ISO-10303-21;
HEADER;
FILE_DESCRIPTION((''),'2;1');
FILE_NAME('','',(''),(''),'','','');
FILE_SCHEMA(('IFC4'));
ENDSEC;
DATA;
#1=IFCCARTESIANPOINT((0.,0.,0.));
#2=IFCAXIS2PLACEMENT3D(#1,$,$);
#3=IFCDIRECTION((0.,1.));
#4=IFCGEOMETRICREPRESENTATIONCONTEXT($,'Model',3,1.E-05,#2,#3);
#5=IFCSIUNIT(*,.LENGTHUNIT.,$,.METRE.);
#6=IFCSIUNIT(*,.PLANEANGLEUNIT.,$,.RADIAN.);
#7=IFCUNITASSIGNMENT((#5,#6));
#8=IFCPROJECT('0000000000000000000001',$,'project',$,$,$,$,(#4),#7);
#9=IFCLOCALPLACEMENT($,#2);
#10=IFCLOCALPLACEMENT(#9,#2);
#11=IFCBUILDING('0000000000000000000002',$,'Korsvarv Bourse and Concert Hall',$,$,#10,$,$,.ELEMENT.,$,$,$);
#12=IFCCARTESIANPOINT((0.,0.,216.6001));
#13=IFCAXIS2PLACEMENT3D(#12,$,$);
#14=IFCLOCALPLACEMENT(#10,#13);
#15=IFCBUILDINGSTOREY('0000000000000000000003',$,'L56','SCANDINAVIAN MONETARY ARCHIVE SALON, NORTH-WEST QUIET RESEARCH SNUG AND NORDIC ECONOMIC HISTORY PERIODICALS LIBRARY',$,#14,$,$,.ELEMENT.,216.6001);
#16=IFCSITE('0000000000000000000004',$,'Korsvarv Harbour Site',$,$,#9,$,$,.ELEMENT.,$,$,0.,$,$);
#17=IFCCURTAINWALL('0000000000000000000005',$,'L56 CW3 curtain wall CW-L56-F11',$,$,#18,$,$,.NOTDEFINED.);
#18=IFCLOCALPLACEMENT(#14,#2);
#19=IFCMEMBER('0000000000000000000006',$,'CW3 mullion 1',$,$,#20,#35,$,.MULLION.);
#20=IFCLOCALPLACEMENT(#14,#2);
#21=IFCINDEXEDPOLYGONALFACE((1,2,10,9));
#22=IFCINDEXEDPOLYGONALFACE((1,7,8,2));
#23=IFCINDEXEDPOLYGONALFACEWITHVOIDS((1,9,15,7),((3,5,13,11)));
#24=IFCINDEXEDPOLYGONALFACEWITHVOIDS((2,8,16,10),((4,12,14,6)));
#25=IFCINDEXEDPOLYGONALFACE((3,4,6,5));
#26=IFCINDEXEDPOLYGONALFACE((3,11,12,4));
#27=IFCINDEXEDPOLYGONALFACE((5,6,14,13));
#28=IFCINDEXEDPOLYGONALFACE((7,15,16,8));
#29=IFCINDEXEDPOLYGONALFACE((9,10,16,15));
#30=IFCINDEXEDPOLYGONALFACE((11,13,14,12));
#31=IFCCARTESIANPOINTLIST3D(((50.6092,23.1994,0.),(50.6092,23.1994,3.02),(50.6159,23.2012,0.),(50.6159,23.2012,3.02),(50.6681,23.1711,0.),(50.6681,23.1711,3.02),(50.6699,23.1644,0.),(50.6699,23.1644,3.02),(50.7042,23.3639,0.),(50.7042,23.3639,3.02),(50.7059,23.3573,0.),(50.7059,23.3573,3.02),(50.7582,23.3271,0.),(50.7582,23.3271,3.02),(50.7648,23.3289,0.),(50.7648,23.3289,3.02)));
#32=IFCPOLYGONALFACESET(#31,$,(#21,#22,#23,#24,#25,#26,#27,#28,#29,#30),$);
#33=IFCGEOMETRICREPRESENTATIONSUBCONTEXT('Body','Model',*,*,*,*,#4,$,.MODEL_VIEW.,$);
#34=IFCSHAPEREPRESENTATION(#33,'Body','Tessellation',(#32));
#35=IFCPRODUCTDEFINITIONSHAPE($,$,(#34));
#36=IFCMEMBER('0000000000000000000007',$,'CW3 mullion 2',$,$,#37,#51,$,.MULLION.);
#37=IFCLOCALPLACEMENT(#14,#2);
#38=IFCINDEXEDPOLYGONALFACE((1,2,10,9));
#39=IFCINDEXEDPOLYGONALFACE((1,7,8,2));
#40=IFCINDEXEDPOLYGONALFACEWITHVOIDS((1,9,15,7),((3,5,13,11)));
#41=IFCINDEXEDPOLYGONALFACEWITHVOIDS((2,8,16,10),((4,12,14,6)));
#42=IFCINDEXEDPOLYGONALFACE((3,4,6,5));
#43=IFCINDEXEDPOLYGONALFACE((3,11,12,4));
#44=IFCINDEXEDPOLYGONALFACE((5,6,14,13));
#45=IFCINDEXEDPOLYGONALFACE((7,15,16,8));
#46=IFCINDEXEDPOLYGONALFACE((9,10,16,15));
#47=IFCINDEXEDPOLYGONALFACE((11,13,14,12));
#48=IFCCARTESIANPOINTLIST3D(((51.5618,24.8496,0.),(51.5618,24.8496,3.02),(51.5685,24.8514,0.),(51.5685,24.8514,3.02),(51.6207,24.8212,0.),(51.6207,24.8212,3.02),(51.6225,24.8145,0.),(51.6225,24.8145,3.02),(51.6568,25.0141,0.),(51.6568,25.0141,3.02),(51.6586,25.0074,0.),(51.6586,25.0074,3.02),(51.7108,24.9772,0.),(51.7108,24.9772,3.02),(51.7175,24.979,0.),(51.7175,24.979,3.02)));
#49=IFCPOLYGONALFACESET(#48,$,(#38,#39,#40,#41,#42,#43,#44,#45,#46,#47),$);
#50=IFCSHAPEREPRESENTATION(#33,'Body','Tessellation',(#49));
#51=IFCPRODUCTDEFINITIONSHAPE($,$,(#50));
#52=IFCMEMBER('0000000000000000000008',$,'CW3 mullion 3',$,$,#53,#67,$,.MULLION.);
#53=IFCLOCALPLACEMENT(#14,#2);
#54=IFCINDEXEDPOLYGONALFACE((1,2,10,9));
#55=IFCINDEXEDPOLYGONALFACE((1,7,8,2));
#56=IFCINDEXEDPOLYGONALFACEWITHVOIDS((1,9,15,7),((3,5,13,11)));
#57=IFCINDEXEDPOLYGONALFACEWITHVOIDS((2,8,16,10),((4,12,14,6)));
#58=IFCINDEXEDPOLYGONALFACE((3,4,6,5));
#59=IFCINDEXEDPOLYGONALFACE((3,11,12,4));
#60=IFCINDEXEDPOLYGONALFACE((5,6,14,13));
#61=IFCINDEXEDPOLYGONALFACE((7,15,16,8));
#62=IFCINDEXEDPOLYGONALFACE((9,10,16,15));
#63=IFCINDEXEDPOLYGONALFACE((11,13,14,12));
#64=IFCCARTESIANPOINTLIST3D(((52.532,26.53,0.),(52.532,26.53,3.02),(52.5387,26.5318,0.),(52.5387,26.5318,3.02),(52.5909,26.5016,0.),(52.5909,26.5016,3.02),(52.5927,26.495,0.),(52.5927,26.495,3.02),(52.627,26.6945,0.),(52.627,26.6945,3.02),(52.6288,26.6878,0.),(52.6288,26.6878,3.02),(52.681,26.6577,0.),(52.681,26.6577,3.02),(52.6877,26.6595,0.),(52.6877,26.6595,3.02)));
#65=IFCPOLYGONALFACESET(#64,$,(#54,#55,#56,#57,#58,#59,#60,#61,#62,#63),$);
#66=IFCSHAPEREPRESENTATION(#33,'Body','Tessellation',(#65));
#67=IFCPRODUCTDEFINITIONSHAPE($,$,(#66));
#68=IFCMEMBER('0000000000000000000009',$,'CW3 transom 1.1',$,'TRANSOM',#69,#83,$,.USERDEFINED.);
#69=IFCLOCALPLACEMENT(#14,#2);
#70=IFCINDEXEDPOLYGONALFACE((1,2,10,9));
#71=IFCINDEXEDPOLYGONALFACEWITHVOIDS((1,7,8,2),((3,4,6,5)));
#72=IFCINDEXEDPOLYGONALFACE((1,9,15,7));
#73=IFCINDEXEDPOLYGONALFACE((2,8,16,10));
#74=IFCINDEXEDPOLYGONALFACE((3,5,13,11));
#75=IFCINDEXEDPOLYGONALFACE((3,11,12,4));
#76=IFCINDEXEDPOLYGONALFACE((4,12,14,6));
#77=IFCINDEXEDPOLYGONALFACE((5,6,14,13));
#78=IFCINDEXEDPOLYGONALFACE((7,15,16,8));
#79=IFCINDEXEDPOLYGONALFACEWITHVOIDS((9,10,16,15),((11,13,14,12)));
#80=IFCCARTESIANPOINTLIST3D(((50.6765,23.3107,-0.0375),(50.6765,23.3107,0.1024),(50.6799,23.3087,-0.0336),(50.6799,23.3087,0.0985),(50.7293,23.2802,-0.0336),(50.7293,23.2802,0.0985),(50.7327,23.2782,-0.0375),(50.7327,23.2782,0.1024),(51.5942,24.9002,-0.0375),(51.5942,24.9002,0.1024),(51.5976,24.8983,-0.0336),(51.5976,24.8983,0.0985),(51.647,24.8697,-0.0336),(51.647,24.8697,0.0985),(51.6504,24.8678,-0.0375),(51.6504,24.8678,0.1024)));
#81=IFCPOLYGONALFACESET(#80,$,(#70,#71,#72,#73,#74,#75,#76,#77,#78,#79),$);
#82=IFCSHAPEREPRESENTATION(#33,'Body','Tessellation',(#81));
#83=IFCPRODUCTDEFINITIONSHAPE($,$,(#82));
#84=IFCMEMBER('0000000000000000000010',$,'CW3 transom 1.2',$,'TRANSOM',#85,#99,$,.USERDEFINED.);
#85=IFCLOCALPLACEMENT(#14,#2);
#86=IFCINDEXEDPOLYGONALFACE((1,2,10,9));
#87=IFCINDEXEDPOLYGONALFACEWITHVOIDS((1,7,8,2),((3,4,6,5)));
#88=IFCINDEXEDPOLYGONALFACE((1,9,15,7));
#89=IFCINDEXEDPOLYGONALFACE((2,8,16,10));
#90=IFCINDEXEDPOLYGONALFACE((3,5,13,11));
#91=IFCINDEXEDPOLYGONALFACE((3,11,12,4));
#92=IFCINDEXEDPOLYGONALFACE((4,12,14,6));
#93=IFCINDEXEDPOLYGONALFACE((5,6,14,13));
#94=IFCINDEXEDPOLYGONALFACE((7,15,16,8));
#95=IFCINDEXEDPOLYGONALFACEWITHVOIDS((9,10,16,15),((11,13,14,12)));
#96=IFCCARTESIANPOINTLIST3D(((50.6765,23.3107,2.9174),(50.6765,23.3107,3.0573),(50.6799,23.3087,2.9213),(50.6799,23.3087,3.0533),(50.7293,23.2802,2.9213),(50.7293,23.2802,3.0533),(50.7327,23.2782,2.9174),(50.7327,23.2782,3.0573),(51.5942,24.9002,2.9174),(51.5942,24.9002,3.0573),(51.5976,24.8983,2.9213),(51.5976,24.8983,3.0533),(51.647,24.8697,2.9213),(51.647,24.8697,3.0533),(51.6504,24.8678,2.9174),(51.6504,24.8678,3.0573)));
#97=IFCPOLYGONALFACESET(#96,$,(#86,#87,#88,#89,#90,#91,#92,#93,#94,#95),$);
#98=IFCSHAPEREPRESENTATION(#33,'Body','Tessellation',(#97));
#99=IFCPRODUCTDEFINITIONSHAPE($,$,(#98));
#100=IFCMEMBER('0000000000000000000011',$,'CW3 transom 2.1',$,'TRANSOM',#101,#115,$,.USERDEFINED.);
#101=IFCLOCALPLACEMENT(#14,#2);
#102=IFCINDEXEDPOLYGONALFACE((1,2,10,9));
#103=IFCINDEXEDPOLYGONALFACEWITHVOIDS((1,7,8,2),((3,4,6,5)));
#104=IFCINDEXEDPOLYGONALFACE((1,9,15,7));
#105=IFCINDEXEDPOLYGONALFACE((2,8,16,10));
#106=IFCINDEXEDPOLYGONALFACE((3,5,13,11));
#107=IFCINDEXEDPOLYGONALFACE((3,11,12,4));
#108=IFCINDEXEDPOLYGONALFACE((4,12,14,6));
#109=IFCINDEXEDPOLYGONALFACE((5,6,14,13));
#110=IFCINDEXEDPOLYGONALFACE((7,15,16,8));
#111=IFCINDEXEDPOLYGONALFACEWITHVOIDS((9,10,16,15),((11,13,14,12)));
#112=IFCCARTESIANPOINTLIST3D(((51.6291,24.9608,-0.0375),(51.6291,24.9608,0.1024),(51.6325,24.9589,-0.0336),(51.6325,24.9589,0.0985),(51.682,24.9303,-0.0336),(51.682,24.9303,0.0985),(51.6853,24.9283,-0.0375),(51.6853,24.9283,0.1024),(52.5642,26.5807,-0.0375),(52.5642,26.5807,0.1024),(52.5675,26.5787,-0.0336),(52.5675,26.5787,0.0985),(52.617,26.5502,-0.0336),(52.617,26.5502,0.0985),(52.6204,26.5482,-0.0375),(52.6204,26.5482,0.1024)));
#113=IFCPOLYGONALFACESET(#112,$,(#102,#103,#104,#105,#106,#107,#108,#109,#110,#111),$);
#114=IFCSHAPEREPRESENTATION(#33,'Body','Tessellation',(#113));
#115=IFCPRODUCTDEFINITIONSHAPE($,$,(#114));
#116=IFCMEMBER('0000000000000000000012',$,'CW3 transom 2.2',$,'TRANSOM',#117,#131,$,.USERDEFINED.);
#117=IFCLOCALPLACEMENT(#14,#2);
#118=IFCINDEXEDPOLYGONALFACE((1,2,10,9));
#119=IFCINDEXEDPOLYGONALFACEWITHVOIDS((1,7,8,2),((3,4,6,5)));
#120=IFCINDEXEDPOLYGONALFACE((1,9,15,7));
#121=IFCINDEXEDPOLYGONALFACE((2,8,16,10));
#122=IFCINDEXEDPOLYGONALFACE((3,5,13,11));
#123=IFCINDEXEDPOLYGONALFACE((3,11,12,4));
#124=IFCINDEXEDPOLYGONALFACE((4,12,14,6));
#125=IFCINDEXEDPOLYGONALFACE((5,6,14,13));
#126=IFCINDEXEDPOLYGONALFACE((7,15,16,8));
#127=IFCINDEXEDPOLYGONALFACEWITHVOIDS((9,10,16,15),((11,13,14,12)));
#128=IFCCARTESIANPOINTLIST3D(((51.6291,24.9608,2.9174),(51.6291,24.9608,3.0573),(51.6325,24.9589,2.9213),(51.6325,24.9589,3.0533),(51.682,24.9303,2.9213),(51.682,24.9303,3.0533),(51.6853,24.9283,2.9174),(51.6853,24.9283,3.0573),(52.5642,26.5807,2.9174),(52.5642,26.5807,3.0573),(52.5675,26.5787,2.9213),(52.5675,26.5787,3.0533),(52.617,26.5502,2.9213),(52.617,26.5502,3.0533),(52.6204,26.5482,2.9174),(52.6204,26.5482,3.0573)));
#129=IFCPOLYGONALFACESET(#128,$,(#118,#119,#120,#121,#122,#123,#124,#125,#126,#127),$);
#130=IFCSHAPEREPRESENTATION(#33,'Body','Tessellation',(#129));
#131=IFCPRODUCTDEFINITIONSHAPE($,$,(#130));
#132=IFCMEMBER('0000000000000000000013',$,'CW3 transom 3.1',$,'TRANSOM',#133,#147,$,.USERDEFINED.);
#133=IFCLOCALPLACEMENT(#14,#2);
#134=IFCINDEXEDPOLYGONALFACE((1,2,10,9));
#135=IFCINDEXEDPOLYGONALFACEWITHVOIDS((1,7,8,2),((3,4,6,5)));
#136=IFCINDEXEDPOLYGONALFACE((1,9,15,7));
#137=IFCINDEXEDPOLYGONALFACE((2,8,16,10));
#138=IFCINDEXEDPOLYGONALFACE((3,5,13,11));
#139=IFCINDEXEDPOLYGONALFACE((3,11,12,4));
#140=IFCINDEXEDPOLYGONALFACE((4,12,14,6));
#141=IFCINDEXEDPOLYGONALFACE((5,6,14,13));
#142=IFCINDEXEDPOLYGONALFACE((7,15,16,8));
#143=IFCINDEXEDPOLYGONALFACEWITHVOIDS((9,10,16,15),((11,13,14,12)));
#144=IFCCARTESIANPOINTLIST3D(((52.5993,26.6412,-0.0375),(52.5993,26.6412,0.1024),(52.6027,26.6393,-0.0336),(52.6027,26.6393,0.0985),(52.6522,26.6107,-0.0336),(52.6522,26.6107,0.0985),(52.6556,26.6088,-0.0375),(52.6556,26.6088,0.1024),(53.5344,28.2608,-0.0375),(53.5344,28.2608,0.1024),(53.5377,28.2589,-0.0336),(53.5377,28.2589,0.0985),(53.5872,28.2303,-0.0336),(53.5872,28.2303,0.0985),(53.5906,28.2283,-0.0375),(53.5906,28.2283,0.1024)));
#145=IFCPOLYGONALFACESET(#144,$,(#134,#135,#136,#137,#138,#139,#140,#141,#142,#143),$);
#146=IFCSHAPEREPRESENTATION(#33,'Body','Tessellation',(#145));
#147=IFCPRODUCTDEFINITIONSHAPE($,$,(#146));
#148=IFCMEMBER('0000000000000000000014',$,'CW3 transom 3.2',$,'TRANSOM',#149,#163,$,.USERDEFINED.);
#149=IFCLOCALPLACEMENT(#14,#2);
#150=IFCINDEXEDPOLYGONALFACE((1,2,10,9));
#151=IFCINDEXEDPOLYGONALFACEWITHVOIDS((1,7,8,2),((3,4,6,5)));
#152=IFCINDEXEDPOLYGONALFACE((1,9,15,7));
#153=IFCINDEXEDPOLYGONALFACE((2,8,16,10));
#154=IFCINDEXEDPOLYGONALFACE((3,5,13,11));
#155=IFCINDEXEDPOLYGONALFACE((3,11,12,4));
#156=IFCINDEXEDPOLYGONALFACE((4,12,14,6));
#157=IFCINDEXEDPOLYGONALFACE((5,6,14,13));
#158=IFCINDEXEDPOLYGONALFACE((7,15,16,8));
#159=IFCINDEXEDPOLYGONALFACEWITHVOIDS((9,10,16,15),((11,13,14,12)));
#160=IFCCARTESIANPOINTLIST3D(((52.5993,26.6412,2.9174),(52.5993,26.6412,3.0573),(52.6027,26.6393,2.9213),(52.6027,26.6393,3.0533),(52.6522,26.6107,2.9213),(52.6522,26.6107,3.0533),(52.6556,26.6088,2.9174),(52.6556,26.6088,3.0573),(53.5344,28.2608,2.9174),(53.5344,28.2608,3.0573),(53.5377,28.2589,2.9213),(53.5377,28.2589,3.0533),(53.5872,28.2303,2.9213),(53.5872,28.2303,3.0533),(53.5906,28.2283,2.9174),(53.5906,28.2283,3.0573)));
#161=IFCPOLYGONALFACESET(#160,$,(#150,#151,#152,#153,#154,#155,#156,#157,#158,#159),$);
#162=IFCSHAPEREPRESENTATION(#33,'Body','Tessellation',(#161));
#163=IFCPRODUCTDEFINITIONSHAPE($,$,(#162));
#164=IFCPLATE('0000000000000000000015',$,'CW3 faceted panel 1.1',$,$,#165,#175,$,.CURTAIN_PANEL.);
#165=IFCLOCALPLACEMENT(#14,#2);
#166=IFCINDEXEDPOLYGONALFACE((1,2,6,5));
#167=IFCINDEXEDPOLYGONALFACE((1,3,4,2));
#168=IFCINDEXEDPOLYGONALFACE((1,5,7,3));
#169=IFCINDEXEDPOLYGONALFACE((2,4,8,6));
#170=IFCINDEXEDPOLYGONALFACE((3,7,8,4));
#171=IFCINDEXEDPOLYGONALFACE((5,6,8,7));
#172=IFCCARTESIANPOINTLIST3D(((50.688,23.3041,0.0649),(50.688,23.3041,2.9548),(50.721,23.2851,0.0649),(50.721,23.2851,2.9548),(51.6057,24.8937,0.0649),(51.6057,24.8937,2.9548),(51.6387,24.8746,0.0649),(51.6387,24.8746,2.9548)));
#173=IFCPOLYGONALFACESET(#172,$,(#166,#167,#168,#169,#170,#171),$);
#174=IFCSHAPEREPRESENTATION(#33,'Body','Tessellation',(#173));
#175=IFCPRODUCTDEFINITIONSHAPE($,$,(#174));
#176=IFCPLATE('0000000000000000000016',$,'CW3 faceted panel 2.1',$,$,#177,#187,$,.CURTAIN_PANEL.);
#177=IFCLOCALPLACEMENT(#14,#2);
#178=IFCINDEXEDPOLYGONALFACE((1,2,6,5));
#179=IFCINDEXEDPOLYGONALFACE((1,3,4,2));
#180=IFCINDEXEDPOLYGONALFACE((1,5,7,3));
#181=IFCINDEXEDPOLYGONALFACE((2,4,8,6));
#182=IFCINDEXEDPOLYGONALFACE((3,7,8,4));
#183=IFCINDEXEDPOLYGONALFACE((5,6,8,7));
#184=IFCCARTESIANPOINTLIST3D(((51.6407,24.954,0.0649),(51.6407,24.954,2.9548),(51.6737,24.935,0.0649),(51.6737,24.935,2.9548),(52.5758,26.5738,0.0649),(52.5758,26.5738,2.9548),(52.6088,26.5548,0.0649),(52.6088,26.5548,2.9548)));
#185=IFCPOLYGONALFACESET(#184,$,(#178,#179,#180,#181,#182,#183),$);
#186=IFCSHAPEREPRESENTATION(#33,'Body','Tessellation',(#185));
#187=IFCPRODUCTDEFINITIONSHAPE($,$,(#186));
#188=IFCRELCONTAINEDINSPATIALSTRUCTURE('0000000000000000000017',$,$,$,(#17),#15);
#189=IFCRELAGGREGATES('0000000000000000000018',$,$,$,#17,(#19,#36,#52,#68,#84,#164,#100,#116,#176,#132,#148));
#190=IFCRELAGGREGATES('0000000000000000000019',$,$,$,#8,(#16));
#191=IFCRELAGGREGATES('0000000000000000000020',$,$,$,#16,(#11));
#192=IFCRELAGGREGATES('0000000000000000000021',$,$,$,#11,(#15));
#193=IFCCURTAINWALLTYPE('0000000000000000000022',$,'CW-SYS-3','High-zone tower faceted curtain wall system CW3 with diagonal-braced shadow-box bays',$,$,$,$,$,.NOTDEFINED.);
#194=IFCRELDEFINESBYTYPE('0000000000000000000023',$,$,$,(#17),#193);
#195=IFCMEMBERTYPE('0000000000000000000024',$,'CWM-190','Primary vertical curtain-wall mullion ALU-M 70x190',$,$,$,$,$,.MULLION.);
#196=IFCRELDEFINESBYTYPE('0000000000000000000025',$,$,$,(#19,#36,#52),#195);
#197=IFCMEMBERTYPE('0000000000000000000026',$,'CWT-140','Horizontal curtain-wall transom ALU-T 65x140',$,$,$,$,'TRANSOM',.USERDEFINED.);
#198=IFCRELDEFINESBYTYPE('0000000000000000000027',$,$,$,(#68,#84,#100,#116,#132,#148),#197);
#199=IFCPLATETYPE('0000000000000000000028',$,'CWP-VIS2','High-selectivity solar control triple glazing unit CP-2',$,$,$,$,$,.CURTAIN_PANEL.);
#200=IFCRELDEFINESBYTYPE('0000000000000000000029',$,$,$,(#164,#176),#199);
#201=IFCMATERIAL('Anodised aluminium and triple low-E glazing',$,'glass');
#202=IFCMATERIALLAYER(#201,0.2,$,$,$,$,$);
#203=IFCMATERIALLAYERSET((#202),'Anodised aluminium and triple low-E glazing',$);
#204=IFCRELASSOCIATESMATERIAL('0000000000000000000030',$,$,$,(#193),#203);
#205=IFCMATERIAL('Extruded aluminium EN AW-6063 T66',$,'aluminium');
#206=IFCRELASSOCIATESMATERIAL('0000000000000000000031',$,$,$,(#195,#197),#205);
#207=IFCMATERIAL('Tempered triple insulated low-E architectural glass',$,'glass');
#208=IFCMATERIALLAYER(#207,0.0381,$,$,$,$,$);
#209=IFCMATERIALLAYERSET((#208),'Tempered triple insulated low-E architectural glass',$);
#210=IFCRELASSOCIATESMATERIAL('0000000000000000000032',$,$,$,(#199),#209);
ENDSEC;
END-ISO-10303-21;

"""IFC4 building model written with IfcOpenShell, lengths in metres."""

from ifc_helpers import new_model, si_unit, direction, frame, origin, origin_2d, place, context, subcontext, project, spatial, rectangle, hollow_rectangle, extrude, source, transform, mapped, material, layer, layer_set, material_profile, profile_set, type_object, element, aggregate, save


model = new_model("IFC4")

# Units and contexts
model_context = context("Model", 3, precision=1e-05, world=origin(), true_north=direction((0.0, 1.0)))
body_context = subcontext(model_context, "Body", "Model", "MODEL_VIEW")
ifc_project = project(units=[si_unit("LENGTHUNIT", "METRE"), si_unit("PLANEANGLEUNIT", "RADIAN")], contexts=[model_context])

# Site, building, storey
site_placement = place(None, origin())
site = spatial("IfcSite", under=ifc_project, at=site_placement, Name="Korsvarv Harbour Site", CompositionType="ELEMENT", RefElevation=0.0)
building_placement = place(site_placement, origin())
building = spatial("IfcBuilding", under=site, at=building_placement, Name="Korsvarv Bourse and Concert Hall", CompositionType="ELEMENT")
storey_placement = place(building_placement, frame((0.0, 0.0, 216.6001)))
storey = spatial("IfcBuildingStorey", under=building, at=storey_placement, Name="L56", Description="SCANDINAVIAN MONETARY ARCHIVE SALON, NORTH-WEST QUIET RESEARCH SNUG AND NORDIC ECONOMIC HISTORY PERIODICALS LIBRARY", CompositionType="ELEMENT", Elevation=216.6001)

# Curtain wall, members, plates
ifc_material_1 = material(Name="Anodised aluminium and triple low-E glazing", Category="glass")
ifc_layer_1 = layer(ifc_material_1, 0.2)
ifc_layer_set_1 = layer_set([ifc_layer_1], Name="Anodised aluminium and triple low-E glazing")
curtain_wall_type = type_object("IfcCurtainWallType", Name="CW-SYS-3", Description="High-zone tower faceted curtain wall system CW3 with diagonal-braced shadow-box bays", PredefinedType="NOTDEFINED", material=ifc_layer_set_1)
curtain_wall_placement = place(storey_placement, origin())
curtain_wall = element("IfcCurtainWall", 1, at=curtain_wall_placement, inside=storey, type_object=curtain_wall_type, Name="L56 CW3 curtain wall CW-L56-F11", PredefinedType="NOTDEFINED")
ifc_material_2 = material(Name="Extruded aluminium EN AW-6063 T66", Category="aluminium")
ifc_material_profile_1 = material_profile(ifc_material_2, hollow_rectangle(XDim=0.0701, YDim=0.1899, WallThickness=0.0049, at=origin_2d()), Name="ALU-M 70x190")
ifc_profile_set_1 = profile_set([ifc_material_profile_1], Name="Extruded aluminium EN AW-6063 T66")
member_type_1 = type_object("IfcMemberType", Name="CWM-190", Description="Primary vertical curtain-wall mullion ALU-M 70x190", PredefinedType="MULLION", material=ifc_profile_set_1)
shared_shape_1 = source(origin(), body_context, "Body", "SweptSolid", [
    extrude(hollow_rectangle(XDim=0.0701, YDim=0.1899, WallThickness=0.0049, at=origin_2d()), origin(), (0.0, 0.0, 1.0), 3.02),
])
member_1_placement = place(storey_placement, frame((50.687, 23.2642, 0.0), z_axis=(0.0, 0.0, 1.0), x_axis=(-0.86603, 0.499992, 0.0)))
member_1 = element("IfcMember", 2, at=member_1_placement, type_object=member_type_1, Name="CW3 mullion 1", PredefinedType="MULLION", context=body_context, shape_type="MappedRepresentation", body=[
    mapped(shared_shape_1, transform((0.0, 0.0, 0.0), scale=1.0)),
])
member_2_placement = place(storey_placement, frame((51.6396, 24.9143, 0.0), z_axis=(0.0, 0.0, 1.0), x_axis=(-0.86603, 0.499992, 0.0)))
member_2 = element("IfcMember", 3, at=member_2_placement, type_object=member_type_1, Name="CW3 mullion 2", PredefinedType="MULLION", context=body_context, shape_type="MappedRepresentation", body=[
    mapped(shared_shape_1, transform((0.0, 0.0, 0.0), scale=1.0)),
])
member_3_placement = place(storey_placement, frame((52.6099, 26.5947, 0.0), z_axis=(0.0, 0.0, 1.0), x_axis=(-0.86603, 0.499992, 0.0)))
member_3 = element("IfcMember", 4, at=member_3_placement, type_object=member_type_1, Name="CW3 mullion 3", PredefinedType="MULLION", context=body_context, shape_type="MappedRepresentation", body=[
    mapped(shared_shape_1, transform((0.0, 0.0, 0.0), scale=1.0)),
])
ifc_material_profile_2 = material_profile(ifc_material_2, hollow_rectangle(XDim=0.0649, YDim=0.1399, WallThickness=0.0039, at=origin_2d()), Name="ALU-T 65x140")
ifc_profile_set_2 = profile_set([ifc_material_profile_2], Name="Extruded aluminium EN AW-6063 T66")
member_type_2 = type_object("IfcMemberType", Name="CWT-140", Description="Horizontal curtain-wall transom ALU-T 65x140", ElementType="TRANSOM", PredefinedType="USERDEFINED", material=ifc_profile_set_2)
shared_shape_2 = source(origin(), body_context, "Body", "SweptSolid", [
    extrude(hollow_rectangle(XDim=0.0649, YDim=0.1399, WallThickness=0.0039, at=origin_2d()), origin(), (0.0, 0.0, 1.0), 1.8354),
])
member_4_placement = place(storey_placement, frame((50.7046, 23.2944, 0.0325), z_axis=(0.499987, 0.866033, 0.0), x_axis=(-0.866033, 0.499987, 0.0)))
member_4 = element("IfcMember", 5, at=member_4_placement, type_object=member_type_2, Name="CW3 transom 1.1", ObjectType="TRANSOM", PredefinedType="USERDEFINED", context=body_context, shape_type="MappedRepresentation", body=[
    mapped(shared_shape_2, transform((0.0, 0.0, 0.0), scale=1.0)),
])
member_5_placement = place(storey_placement, frame((50.7046, 23.2944, 2.9873), z_axis=(0.499987, 0.866033, 0.0), x_axis=(-0.866033, 0.499987, 0.0)))
member_5 = element("IfcMember", 6, at=member_5_placement, type_object=member_type_2, Name="CW3 transom 1.2", ObjectType="TRANSOM", PredefinedType="USERDEFINED", context=body_context, shape_type="MappedRepresentation", body=[
    mapped(shared_shape_2, transform((0.0, 0.0, 0.0), scale=1.0)),
])
shared_shape_3 = source(origin(), body_context, "Body", "SweptSolid", [
    extrude(hollow_rectangle(XDim=0.0649, YDim=0.1399, WallThickness=0.0039, at=origin_2d()), origin(), (0.0, 0.0, 1.0), 1.8704),
])
member_6_placement = place(storey_placement, frame((51.6572, 24.9446, 0.0325), z_axis=(0.49993, 0.866066, 0.0), x_axis=(-0.866066, 0.49993, 0.0)))
member_6 = element("IfcMember", 7, at=member_6_placement, type_object=member_type_2, Name="CW3 transom 2.1", ObjectType="TRANSOM", PredefinedType="USERDEFINED", context=body_context, shape_type="MappedRepresentation", body=[
    mapped(shared_shape_3, transform((0.0, 0.0, 0.0), scale=1.0)),
])
member_7_placement = place(storey_placement, frame((51.6572, 24.9446, 2.9873), z_axis=(0.49993, 0.866066, 0.0), x_axis=(-0.866066, 0.49993, 0.0)))
member_7 = element("IfcMember", 8, at=member_7_placement, type_object=member_type_2, Name="CW3 transom 2.2", ObjectType="TRANSOM", PredefinedType="USERDEFINED", context=body_context, shape_type="MappedRepresentation", body=[
    mapped(shared_shape_3, transform((0.0, 0.0, 0.0), scale=1.0)),
])
shared_shape_4 = source(origin(), body_context, "Body", "SweptSolid", [
    extrude(hollow_rectangle(XDim=0.0649, YDim=0.1399, WallThickness=0.0039, at=origin_2d()), origin(), (0.0, 0.0, 1.0), 1.8701),
])
member_8_placement = place(storey_placement, frame((52.6274, 26.625, 0.0325), z_axis=(0.499986, 0.866033, 0.0), x_axis=(-0.866033, 0.499986, 0.0)))
member_8 = element("IfcMember", 9, at=member_8_placement, type_object=member_type_2, Name="CW3 transom 3.1", ObjectType="TRANSOM", PredefinedType="USERDEFINED", context=body_context, shape_type="MappedRepresentation", body=[
    mapped(shared_shape_4, transform((0.0, 0.0, 0.0), scale=1.0)),
])
member_9_placement = place(storey_placement, frame((52.6274, 26.625, 2.9873), z_axis=(0.499986, 0.866033, 0.0), x_axis=(-0.866033, 0.499986, 0.0)))
member_9 = element("IfcMember", 10, at=member_9_placement, type_object=member_type_2, Name="CW3 transom 3.2", ObjectType="TRANSOM", PredefinedType="USERDEFINED", context=body_context, shape_type="MappedRepresentation", body=[
    mapped(shared_shape_4, transform((0.0, 0.0, 0.0), scale=1.0)),
])
ifc_material_3 = material(Name="Tempered triple insulated low-E architectural glass", Category="glass")
ifc_layer_2 = layer(ifc_material_3, 0.0381)
ifc_layer_set_2 = layer_set([ifc_layer_2], Name="Tempered triple insulated low-E architectural glass")
plate_type = type_object("IfcPlateType", Name="CWP-VIS2", Description="High-selectivity solar control triple glazing unit CP-2", PredefinedType="CURTAIN_PANEL", material=ifc_layer_set_2)
shared_shape_5 = source(origin(), body_context, "Body", "SweptSolid", [
    extrude(rectangle(XDim=1.8354, YDim=0.0381, at=origin_2d()), origin(), (0.0, 0.0, 1.0), 2.8899),
])
plate_1_placement = place(storey_placement, frame((51.1633, 24.0894, 0.0649), z_axis=(0.0, 0.0, 1.0), x_axis=(0.499992, 0.86603, 0.0)))
plate_1 = element("IfcPlate", 11, at=plate_1_placement, type_object=plate_type, Name="CW3 faceted panel 1.1", PredefinedType="CURTAIN_PANEL", context=body_context, shape_type="MappedRepresentation", body=[
    mapped(shared_shape_5, transform((0.0, 0.0, 0.0), scale=1.0)),
])
shared_shape_6 = source(origin(), body_context, "Body", "SweptSolid", [
    extrude(rectangle(XDim=1.8704, YDim=0.0381, at=origin_2d()), origin(), (0.0, 0.0, 1.0), 2.8899),
])
plate_2_placement = place(storey_placement, frame((52.1248, 25.7544, 0.0649), z_axis=(0.0, 0.0, 1.0), x_axis=(0.499992, 0.86603, 0.0)))
plate_2 = element("IfcPlate", 12, at=plate_2_placement, type_object=plate_type, Name="CW3 faceted panel 2.1", PredefinedType="CURTAIN_PANEL", context=body_context, shape_type="MappedRepresentation", body=[
    mapped(shared_shape_6, transform((0.0, 0.0, 0.0), scale=1.0)),
])
aggregate(curtain_wall, [member_1, member_2, member_3, member_4, member_5, plate_1, member_6, member_7, plate_2, member_8, member_9])

save(model, "model.ifc")
